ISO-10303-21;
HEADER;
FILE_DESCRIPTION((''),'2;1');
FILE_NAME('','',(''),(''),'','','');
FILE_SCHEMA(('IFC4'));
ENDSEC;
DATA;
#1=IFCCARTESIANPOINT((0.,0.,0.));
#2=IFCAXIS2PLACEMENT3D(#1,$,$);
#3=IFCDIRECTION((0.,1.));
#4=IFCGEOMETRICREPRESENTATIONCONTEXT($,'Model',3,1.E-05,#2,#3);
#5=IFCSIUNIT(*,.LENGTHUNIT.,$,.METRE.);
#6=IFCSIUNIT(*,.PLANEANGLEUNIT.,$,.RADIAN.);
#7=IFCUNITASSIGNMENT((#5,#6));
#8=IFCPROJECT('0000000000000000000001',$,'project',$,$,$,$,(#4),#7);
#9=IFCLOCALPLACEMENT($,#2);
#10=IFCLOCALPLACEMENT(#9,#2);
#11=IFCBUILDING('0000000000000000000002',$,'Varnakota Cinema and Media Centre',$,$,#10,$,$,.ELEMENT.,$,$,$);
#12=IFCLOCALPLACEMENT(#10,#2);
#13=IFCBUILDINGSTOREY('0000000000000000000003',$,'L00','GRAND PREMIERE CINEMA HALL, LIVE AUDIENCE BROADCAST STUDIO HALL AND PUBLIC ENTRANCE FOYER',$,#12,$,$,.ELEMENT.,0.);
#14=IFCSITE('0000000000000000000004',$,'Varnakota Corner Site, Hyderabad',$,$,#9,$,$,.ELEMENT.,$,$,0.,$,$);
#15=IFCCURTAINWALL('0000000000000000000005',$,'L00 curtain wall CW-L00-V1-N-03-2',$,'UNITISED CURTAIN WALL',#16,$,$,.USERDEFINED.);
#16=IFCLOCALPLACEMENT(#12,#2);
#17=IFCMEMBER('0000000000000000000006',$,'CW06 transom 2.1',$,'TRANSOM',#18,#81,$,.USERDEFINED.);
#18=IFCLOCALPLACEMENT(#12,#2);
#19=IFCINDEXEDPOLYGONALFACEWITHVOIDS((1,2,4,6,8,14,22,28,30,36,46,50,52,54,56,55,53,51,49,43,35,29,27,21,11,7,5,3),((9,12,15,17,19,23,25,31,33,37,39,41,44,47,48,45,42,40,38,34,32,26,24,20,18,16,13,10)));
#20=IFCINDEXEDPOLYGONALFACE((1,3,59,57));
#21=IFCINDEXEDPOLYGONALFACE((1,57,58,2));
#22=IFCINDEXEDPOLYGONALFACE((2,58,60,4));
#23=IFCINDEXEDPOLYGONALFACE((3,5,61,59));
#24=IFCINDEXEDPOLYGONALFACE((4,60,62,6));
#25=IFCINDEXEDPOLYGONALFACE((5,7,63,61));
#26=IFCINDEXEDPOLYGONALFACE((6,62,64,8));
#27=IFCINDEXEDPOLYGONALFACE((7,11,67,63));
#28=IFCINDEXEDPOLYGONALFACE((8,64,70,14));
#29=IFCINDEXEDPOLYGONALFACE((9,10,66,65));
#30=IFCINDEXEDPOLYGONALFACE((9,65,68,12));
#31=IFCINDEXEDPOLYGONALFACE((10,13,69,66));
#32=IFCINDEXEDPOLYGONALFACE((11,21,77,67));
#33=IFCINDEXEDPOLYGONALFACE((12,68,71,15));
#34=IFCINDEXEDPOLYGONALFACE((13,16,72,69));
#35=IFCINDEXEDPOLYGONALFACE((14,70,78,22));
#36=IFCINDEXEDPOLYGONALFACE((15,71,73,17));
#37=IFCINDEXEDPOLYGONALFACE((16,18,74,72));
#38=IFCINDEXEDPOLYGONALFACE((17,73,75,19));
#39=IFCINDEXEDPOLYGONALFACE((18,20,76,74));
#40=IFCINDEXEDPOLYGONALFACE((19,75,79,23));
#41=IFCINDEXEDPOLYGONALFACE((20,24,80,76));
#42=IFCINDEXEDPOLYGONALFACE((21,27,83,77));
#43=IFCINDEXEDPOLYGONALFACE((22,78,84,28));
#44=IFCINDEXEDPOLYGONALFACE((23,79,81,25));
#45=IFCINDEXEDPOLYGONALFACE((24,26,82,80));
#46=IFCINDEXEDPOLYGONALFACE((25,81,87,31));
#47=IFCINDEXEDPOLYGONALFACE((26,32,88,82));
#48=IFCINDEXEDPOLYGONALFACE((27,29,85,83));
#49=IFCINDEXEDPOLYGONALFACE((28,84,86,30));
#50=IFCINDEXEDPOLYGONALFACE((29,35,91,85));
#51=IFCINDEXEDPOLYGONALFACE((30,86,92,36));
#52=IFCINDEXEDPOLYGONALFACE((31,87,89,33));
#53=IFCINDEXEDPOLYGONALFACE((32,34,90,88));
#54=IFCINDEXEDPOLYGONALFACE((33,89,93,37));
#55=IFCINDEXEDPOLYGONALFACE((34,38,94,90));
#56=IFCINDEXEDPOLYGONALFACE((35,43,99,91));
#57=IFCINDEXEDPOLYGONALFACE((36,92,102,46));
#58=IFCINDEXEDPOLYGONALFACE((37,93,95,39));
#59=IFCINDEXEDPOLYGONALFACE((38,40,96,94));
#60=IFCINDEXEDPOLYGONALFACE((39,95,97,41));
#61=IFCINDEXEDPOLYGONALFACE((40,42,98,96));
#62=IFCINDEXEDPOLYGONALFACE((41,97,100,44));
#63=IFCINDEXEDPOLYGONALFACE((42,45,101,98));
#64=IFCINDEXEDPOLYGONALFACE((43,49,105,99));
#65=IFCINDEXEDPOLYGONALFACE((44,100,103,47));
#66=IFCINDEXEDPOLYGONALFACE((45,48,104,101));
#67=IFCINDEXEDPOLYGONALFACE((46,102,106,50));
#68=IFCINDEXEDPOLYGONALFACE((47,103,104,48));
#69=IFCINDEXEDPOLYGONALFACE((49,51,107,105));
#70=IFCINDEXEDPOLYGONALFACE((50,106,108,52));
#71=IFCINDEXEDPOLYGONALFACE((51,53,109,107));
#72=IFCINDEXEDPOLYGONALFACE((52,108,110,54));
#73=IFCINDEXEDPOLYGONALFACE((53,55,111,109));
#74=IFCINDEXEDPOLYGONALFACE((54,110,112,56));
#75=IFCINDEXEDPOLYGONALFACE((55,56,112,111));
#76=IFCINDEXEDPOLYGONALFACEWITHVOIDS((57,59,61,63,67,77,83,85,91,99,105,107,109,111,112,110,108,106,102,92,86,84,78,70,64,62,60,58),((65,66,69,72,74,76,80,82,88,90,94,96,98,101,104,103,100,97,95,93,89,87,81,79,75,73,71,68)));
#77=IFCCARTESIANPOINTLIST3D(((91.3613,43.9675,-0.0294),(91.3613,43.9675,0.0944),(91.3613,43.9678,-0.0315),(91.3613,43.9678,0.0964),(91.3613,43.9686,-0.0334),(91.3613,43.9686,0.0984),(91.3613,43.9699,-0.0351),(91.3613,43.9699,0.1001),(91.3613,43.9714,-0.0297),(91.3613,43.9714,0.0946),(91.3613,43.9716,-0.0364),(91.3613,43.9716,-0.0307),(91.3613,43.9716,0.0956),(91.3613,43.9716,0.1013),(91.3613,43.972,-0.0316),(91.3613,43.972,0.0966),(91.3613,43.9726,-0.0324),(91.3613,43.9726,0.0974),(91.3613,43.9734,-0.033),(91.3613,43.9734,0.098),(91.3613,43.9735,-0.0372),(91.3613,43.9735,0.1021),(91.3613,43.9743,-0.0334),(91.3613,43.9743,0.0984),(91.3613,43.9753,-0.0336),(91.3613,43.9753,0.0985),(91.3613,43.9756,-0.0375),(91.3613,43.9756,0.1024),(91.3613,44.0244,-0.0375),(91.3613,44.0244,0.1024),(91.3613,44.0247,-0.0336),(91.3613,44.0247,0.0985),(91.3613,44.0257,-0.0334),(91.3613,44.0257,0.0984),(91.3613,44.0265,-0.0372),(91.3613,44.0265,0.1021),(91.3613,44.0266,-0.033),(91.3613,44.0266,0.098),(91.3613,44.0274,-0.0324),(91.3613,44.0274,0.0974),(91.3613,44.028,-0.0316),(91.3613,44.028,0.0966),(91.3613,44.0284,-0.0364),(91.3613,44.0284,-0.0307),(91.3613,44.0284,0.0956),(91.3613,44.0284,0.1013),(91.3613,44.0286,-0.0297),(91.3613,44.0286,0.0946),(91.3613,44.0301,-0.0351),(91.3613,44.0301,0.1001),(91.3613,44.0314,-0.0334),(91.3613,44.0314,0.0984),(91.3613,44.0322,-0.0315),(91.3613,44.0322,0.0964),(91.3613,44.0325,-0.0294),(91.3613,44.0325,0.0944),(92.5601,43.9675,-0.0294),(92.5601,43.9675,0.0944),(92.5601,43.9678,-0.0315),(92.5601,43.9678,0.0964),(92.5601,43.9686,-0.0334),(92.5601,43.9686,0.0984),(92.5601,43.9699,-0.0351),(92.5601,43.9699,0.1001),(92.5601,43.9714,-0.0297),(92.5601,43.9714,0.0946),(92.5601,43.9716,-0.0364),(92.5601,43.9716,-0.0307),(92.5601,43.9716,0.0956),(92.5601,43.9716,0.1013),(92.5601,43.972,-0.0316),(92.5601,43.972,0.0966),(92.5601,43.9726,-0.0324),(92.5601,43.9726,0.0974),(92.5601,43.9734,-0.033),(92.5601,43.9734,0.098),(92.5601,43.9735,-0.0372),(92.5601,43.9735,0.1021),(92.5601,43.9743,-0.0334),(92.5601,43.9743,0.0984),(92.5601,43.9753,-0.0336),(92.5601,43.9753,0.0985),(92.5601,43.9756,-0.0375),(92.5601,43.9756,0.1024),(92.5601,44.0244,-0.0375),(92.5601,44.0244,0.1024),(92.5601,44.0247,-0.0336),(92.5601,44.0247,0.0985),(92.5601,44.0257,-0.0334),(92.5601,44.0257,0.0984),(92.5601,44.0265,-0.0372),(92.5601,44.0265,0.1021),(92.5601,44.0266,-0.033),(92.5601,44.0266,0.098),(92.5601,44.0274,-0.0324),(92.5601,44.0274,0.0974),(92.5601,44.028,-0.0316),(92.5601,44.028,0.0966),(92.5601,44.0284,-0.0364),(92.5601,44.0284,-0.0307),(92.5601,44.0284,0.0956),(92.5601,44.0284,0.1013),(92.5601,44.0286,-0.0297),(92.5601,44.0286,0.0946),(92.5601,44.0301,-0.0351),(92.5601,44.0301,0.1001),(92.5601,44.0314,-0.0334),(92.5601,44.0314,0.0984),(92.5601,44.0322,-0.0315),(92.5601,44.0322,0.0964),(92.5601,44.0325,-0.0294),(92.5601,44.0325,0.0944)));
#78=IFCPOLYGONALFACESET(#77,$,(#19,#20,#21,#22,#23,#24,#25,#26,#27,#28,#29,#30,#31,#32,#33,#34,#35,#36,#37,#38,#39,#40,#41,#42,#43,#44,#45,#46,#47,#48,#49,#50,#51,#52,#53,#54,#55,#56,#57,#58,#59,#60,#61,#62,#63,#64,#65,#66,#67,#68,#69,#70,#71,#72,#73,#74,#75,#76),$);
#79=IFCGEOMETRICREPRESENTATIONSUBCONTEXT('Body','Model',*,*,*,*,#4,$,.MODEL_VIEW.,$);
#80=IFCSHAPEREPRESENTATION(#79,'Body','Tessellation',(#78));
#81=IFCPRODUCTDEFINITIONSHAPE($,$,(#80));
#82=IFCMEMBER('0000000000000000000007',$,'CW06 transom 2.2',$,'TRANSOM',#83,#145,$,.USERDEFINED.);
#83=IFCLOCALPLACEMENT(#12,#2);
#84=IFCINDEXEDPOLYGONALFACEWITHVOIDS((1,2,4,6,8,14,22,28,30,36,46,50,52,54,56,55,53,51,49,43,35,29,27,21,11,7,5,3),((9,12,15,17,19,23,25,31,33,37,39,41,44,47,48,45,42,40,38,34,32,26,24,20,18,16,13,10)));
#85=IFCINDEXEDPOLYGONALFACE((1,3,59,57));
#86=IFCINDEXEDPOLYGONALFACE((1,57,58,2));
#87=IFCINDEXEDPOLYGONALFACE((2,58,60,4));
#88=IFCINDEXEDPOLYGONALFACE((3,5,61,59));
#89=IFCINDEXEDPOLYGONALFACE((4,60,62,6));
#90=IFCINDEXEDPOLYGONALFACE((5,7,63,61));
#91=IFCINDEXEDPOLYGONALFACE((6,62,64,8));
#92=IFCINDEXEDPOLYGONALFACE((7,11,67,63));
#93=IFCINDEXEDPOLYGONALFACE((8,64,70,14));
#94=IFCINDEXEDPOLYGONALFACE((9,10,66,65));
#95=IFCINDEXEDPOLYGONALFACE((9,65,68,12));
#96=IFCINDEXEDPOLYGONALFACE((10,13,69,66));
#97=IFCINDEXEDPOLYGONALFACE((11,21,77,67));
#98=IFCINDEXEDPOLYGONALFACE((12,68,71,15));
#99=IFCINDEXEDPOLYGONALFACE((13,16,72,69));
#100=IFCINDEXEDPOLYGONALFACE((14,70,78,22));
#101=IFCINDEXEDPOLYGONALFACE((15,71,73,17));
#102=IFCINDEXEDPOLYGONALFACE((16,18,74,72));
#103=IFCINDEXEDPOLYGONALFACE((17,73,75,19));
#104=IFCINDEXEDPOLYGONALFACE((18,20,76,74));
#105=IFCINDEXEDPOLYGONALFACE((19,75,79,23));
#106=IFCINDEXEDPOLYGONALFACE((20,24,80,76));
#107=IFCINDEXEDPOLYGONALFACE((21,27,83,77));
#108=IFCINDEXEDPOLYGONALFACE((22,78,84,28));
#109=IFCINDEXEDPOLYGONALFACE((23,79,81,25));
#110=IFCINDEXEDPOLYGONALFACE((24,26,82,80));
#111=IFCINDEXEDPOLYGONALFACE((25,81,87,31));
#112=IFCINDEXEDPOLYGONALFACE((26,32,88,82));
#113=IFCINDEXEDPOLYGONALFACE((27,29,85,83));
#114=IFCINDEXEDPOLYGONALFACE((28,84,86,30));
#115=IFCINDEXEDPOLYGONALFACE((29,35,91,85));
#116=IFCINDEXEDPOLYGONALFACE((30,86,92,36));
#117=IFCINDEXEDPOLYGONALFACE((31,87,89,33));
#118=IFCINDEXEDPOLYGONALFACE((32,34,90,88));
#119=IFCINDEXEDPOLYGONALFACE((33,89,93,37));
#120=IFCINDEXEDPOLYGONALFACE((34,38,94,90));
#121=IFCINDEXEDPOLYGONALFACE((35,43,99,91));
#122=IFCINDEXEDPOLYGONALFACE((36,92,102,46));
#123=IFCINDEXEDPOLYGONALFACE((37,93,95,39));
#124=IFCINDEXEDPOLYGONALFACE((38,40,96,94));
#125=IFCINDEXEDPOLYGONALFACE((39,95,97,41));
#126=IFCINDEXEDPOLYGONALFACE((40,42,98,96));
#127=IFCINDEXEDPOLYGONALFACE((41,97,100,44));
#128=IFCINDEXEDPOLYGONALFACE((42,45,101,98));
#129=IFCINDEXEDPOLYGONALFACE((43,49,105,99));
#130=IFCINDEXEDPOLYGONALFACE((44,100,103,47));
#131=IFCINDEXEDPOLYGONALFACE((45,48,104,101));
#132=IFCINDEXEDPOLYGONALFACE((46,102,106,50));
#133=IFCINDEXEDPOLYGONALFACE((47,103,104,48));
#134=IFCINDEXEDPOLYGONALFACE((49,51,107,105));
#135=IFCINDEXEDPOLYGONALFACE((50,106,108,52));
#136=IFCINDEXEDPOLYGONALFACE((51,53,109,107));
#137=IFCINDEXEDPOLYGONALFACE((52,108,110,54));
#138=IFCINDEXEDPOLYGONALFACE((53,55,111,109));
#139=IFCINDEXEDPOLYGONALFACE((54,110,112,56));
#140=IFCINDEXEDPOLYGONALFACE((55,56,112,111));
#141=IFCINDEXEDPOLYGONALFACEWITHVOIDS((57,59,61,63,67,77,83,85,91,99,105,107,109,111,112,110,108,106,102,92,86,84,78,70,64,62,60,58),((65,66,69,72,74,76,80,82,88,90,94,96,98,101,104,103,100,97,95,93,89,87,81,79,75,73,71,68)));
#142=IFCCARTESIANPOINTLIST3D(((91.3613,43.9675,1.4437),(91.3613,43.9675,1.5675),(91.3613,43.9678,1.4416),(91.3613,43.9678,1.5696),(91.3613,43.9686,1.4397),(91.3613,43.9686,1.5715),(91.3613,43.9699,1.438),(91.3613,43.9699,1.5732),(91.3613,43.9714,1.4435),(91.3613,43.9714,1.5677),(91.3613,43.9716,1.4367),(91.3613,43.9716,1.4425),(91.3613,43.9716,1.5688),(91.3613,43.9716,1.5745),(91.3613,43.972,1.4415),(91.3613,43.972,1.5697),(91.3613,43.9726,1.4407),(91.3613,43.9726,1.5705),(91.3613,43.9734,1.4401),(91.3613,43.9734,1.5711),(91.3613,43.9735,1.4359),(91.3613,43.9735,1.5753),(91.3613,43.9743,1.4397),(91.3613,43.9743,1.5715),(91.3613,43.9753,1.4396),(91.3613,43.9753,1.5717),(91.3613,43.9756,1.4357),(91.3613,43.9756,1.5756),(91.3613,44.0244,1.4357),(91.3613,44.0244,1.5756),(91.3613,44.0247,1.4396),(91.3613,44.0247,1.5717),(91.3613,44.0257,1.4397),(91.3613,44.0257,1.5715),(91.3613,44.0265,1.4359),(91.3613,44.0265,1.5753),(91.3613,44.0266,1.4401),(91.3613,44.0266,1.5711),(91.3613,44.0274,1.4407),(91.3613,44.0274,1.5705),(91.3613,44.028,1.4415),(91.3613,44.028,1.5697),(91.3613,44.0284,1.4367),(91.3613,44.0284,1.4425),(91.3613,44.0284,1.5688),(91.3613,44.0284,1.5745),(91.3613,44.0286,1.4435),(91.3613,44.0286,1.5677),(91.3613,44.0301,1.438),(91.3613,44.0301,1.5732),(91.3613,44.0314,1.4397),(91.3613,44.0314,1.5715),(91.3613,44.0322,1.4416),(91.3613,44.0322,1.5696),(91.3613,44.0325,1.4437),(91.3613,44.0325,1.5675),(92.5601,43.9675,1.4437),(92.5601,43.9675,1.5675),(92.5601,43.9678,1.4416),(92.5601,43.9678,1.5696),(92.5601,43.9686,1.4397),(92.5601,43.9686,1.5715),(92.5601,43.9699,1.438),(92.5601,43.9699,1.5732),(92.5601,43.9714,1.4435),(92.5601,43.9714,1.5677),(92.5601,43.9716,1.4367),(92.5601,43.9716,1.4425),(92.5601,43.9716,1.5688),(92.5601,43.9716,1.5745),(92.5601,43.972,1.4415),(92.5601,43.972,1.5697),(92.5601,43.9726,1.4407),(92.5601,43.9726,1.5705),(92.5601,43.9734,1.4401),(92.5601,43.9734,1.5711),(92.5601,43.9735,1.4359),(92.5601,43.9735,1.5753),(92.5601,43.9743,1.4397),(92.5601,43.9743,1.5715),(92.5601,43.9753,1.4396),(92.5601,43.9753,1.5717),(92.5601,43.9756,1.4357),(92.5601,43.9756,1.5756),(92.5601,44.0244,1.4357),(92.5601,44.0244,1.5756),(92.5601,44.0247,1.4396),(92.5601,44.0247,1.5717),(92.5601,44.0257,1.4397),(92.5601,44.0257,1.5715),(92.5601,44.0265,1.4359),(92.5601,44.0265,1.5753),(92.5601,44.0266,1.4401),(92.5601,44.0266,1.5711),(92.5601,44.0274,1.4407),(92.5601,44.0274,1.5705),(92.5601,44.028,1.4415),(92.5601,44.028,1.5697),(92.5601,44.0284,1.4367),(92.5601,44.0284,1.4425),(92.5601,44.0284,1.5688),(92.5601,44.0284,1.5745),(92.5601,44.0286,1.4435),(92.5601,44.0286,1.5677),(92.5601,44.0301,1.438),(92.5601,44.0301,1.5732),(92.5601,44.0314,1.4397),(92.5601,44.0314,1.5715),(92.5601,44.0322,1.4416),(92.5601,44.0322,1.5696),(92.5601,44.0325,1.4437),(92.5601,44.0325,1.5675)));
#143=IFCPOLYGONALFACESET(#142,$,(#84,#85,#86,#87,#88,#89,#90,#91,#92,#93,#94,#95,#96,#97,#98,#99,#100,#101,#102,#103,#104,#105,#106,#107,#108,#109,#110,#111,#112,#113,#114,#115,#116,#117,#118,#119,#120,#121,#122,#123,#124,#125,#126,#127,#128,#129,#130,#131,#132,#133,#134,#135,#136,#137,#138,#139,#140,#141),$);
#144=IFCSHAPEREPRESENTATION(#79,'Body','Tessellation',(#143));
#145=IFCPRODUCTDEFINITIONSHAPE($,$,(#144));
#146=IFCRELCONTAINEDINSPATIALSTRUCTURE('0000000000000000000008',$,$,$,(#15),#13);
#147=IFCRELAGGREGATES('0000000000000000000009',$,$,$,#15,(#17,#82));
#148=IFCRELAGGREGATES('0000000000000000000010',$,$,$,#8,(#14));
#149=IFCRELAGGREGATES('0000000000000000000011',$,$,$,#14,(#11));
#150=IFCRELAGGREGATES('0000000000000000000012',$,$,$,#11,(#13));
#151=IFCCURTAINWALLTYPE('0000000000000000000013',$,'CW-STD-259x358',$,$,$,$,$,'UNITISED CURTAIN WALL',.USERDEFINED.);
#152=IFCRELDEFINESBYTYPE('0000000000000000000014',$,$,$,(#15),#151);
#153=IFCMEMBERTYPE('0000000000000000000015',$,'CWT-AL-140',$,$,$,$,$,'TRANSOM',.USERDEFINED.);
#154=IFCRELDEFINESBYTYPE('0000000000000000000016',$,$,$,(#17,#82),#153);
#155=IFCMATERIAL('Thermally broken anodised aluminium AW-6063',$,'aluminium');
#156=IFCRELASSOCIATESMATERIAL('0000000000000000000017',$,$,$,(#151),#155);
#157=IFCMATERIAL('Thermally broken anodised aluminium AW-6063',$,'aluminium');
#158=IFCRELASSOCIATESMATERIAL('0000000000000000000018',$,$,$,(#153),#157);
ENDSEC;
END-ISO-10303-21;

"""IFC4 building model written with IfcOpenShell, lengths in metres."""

from ifc_helpers import new_model, si_unit, direction, frame, origin, origin_2d, place, context, subcontext, project, spatial, hollow_rectangle, extrude, material, material_profile, profile_set, type_object, element, aggregate, save


model = new_model("IFC4")

# Units and contexts
model_context = context("Model", 3, precision=1e-05, world=origin(), true_north=direction((0.0, 1.0)))
body_context = subcontext(model_context, "Body", "Model", "MODEL_VIEW")
ifc_project = project(units=[si_unit("LENGTHUNIT", "METRE"), si_unit("PLANEANGLEUNIT", "RADIAN")], contexts=[model_context])

# Site, building, storey
site_placement = place(None, origin())
site = spatial("IfcSite", under=ifc_project, at=site_placement, Name="Varnakota Corner Site, Hyderabad", CompositionType="ELEMENT", RefElevation=0.0)
building_placement = place(site_placement, origin())
building = spatial("IfcBuilding", under=site, at=building_placement, Name="Varnakota Cinema and Media Centre", CompositionType="ELEMENT")
storey_placement = place(building_placement, origin())
storey = spatial("IfcBuildingStorey", under=building, at=storey_placement, Name="L00", Description="GRAND PREMIERE CINEMA HALL, LIVE AUDIENCE BROADCAST STUDIO HALL AND PUBLIC ENTRANCE FOYER", CompositionType="ELEMENT", Elevation=0.0)

# Curtain wall
ifc_material_1 = material(Name="Thermally broken anodised aluminium AW-6063", Category="aluminium")
curtain_wall_type = type_object("IfcCurtainWallType", Name="CW-STD-259x358", ElementType="UNITISED CURTAIN WALL", PredefinedType="USERDEFINED", material=ifc_material_1)
curtain_wall_1_placement = place(storey_placement, origin())
curtain_wall_1 = element("IfcCurtainWall", 1, at=curtain_wall_1_placement, inside=storey, type_object=curtain_wall_type, Name="L00 curtain wall CW-L00-V1-N-03-2", ObjectType="UNITISED CURTAIN WALL", PredefinedType="USERDEFINED")

# Members
ifc_material_2 = material(Name="Thermally broken anodised aluminium AW-6063", Category="aluminium")
ifc_material_profile_1 = material_profile(ifc_material_2, hollow_rectangle(XDim=0.0649, YDim=0.1399, WallThickness=0.0039, InnerFilletRadius=0.0039, OuterFilletRadius=0.0081, at=origin_2d()), Name="AL-TRANSOM 140x65x4")
ifc_profile_set_1 = profile_set([ifc_material_profile_1], Name="Thermally broken anodised aluminium AW-6063")
member_type_1 = type_object("IfcMemberType", Name="CWT-AL-140", ElementType="TRANSOM", PredefinedType="USERDEFINED", material=ifc_profile_set_1)
member_1_placement = place(storey_placement, frame((91.3613, 44.0, 0.0325), z_axis=(1.0, 0.0, 0.0), x_axis=(0.0, 1.0, 0.0)))
member_1 = element("IfcMember", 2, at=member_1_placement, type_object=member_type_1, Name="CW06 transom 2.1", ObjectType="TRANSOM", PredefinedType="USERDEFINED", context=body_context, shape_type="SweptSolid", body=[
    extrude(hollow_rectangle(XDim=0.0649, YDim=0.1399, WallThickness=0.0039, InnerFilletRadius=0.0039, OuterFilletRadius=0.0081, at=origin_2d()), origin(), (0.0, 0.0, 1.0), 1.1987),
])
member_2_placement = place(storey_placement, frame((91.3613, 44.0, 1.5056), z_axis=(1.0, 0.0, 0.0), x_axis=(0.0, 1.0, 0.0)))
member_2 = element("IfcMember", 3, at=member_2_placement, type_object=member_type_1, Name="CW06 transom 2.2", ObjectType="TRANSOM", PredefinedType="USERDEFINED", context=body_context, shape_type="SweptSolid", body=[
    extrude(hollow_rectangle(XDim=0.0649, YDim=0.1399, WallThickness=0.0039, InnerFilletRadius=0.0039, OuterFilletRadius=0.0081, at=origin_2d()), origin(), (0.0, 0.0, 1.0), 1.1987),
])

aggregate(curtain_wall_1, [member_1, member_2])

save(model, "model.ifc")
